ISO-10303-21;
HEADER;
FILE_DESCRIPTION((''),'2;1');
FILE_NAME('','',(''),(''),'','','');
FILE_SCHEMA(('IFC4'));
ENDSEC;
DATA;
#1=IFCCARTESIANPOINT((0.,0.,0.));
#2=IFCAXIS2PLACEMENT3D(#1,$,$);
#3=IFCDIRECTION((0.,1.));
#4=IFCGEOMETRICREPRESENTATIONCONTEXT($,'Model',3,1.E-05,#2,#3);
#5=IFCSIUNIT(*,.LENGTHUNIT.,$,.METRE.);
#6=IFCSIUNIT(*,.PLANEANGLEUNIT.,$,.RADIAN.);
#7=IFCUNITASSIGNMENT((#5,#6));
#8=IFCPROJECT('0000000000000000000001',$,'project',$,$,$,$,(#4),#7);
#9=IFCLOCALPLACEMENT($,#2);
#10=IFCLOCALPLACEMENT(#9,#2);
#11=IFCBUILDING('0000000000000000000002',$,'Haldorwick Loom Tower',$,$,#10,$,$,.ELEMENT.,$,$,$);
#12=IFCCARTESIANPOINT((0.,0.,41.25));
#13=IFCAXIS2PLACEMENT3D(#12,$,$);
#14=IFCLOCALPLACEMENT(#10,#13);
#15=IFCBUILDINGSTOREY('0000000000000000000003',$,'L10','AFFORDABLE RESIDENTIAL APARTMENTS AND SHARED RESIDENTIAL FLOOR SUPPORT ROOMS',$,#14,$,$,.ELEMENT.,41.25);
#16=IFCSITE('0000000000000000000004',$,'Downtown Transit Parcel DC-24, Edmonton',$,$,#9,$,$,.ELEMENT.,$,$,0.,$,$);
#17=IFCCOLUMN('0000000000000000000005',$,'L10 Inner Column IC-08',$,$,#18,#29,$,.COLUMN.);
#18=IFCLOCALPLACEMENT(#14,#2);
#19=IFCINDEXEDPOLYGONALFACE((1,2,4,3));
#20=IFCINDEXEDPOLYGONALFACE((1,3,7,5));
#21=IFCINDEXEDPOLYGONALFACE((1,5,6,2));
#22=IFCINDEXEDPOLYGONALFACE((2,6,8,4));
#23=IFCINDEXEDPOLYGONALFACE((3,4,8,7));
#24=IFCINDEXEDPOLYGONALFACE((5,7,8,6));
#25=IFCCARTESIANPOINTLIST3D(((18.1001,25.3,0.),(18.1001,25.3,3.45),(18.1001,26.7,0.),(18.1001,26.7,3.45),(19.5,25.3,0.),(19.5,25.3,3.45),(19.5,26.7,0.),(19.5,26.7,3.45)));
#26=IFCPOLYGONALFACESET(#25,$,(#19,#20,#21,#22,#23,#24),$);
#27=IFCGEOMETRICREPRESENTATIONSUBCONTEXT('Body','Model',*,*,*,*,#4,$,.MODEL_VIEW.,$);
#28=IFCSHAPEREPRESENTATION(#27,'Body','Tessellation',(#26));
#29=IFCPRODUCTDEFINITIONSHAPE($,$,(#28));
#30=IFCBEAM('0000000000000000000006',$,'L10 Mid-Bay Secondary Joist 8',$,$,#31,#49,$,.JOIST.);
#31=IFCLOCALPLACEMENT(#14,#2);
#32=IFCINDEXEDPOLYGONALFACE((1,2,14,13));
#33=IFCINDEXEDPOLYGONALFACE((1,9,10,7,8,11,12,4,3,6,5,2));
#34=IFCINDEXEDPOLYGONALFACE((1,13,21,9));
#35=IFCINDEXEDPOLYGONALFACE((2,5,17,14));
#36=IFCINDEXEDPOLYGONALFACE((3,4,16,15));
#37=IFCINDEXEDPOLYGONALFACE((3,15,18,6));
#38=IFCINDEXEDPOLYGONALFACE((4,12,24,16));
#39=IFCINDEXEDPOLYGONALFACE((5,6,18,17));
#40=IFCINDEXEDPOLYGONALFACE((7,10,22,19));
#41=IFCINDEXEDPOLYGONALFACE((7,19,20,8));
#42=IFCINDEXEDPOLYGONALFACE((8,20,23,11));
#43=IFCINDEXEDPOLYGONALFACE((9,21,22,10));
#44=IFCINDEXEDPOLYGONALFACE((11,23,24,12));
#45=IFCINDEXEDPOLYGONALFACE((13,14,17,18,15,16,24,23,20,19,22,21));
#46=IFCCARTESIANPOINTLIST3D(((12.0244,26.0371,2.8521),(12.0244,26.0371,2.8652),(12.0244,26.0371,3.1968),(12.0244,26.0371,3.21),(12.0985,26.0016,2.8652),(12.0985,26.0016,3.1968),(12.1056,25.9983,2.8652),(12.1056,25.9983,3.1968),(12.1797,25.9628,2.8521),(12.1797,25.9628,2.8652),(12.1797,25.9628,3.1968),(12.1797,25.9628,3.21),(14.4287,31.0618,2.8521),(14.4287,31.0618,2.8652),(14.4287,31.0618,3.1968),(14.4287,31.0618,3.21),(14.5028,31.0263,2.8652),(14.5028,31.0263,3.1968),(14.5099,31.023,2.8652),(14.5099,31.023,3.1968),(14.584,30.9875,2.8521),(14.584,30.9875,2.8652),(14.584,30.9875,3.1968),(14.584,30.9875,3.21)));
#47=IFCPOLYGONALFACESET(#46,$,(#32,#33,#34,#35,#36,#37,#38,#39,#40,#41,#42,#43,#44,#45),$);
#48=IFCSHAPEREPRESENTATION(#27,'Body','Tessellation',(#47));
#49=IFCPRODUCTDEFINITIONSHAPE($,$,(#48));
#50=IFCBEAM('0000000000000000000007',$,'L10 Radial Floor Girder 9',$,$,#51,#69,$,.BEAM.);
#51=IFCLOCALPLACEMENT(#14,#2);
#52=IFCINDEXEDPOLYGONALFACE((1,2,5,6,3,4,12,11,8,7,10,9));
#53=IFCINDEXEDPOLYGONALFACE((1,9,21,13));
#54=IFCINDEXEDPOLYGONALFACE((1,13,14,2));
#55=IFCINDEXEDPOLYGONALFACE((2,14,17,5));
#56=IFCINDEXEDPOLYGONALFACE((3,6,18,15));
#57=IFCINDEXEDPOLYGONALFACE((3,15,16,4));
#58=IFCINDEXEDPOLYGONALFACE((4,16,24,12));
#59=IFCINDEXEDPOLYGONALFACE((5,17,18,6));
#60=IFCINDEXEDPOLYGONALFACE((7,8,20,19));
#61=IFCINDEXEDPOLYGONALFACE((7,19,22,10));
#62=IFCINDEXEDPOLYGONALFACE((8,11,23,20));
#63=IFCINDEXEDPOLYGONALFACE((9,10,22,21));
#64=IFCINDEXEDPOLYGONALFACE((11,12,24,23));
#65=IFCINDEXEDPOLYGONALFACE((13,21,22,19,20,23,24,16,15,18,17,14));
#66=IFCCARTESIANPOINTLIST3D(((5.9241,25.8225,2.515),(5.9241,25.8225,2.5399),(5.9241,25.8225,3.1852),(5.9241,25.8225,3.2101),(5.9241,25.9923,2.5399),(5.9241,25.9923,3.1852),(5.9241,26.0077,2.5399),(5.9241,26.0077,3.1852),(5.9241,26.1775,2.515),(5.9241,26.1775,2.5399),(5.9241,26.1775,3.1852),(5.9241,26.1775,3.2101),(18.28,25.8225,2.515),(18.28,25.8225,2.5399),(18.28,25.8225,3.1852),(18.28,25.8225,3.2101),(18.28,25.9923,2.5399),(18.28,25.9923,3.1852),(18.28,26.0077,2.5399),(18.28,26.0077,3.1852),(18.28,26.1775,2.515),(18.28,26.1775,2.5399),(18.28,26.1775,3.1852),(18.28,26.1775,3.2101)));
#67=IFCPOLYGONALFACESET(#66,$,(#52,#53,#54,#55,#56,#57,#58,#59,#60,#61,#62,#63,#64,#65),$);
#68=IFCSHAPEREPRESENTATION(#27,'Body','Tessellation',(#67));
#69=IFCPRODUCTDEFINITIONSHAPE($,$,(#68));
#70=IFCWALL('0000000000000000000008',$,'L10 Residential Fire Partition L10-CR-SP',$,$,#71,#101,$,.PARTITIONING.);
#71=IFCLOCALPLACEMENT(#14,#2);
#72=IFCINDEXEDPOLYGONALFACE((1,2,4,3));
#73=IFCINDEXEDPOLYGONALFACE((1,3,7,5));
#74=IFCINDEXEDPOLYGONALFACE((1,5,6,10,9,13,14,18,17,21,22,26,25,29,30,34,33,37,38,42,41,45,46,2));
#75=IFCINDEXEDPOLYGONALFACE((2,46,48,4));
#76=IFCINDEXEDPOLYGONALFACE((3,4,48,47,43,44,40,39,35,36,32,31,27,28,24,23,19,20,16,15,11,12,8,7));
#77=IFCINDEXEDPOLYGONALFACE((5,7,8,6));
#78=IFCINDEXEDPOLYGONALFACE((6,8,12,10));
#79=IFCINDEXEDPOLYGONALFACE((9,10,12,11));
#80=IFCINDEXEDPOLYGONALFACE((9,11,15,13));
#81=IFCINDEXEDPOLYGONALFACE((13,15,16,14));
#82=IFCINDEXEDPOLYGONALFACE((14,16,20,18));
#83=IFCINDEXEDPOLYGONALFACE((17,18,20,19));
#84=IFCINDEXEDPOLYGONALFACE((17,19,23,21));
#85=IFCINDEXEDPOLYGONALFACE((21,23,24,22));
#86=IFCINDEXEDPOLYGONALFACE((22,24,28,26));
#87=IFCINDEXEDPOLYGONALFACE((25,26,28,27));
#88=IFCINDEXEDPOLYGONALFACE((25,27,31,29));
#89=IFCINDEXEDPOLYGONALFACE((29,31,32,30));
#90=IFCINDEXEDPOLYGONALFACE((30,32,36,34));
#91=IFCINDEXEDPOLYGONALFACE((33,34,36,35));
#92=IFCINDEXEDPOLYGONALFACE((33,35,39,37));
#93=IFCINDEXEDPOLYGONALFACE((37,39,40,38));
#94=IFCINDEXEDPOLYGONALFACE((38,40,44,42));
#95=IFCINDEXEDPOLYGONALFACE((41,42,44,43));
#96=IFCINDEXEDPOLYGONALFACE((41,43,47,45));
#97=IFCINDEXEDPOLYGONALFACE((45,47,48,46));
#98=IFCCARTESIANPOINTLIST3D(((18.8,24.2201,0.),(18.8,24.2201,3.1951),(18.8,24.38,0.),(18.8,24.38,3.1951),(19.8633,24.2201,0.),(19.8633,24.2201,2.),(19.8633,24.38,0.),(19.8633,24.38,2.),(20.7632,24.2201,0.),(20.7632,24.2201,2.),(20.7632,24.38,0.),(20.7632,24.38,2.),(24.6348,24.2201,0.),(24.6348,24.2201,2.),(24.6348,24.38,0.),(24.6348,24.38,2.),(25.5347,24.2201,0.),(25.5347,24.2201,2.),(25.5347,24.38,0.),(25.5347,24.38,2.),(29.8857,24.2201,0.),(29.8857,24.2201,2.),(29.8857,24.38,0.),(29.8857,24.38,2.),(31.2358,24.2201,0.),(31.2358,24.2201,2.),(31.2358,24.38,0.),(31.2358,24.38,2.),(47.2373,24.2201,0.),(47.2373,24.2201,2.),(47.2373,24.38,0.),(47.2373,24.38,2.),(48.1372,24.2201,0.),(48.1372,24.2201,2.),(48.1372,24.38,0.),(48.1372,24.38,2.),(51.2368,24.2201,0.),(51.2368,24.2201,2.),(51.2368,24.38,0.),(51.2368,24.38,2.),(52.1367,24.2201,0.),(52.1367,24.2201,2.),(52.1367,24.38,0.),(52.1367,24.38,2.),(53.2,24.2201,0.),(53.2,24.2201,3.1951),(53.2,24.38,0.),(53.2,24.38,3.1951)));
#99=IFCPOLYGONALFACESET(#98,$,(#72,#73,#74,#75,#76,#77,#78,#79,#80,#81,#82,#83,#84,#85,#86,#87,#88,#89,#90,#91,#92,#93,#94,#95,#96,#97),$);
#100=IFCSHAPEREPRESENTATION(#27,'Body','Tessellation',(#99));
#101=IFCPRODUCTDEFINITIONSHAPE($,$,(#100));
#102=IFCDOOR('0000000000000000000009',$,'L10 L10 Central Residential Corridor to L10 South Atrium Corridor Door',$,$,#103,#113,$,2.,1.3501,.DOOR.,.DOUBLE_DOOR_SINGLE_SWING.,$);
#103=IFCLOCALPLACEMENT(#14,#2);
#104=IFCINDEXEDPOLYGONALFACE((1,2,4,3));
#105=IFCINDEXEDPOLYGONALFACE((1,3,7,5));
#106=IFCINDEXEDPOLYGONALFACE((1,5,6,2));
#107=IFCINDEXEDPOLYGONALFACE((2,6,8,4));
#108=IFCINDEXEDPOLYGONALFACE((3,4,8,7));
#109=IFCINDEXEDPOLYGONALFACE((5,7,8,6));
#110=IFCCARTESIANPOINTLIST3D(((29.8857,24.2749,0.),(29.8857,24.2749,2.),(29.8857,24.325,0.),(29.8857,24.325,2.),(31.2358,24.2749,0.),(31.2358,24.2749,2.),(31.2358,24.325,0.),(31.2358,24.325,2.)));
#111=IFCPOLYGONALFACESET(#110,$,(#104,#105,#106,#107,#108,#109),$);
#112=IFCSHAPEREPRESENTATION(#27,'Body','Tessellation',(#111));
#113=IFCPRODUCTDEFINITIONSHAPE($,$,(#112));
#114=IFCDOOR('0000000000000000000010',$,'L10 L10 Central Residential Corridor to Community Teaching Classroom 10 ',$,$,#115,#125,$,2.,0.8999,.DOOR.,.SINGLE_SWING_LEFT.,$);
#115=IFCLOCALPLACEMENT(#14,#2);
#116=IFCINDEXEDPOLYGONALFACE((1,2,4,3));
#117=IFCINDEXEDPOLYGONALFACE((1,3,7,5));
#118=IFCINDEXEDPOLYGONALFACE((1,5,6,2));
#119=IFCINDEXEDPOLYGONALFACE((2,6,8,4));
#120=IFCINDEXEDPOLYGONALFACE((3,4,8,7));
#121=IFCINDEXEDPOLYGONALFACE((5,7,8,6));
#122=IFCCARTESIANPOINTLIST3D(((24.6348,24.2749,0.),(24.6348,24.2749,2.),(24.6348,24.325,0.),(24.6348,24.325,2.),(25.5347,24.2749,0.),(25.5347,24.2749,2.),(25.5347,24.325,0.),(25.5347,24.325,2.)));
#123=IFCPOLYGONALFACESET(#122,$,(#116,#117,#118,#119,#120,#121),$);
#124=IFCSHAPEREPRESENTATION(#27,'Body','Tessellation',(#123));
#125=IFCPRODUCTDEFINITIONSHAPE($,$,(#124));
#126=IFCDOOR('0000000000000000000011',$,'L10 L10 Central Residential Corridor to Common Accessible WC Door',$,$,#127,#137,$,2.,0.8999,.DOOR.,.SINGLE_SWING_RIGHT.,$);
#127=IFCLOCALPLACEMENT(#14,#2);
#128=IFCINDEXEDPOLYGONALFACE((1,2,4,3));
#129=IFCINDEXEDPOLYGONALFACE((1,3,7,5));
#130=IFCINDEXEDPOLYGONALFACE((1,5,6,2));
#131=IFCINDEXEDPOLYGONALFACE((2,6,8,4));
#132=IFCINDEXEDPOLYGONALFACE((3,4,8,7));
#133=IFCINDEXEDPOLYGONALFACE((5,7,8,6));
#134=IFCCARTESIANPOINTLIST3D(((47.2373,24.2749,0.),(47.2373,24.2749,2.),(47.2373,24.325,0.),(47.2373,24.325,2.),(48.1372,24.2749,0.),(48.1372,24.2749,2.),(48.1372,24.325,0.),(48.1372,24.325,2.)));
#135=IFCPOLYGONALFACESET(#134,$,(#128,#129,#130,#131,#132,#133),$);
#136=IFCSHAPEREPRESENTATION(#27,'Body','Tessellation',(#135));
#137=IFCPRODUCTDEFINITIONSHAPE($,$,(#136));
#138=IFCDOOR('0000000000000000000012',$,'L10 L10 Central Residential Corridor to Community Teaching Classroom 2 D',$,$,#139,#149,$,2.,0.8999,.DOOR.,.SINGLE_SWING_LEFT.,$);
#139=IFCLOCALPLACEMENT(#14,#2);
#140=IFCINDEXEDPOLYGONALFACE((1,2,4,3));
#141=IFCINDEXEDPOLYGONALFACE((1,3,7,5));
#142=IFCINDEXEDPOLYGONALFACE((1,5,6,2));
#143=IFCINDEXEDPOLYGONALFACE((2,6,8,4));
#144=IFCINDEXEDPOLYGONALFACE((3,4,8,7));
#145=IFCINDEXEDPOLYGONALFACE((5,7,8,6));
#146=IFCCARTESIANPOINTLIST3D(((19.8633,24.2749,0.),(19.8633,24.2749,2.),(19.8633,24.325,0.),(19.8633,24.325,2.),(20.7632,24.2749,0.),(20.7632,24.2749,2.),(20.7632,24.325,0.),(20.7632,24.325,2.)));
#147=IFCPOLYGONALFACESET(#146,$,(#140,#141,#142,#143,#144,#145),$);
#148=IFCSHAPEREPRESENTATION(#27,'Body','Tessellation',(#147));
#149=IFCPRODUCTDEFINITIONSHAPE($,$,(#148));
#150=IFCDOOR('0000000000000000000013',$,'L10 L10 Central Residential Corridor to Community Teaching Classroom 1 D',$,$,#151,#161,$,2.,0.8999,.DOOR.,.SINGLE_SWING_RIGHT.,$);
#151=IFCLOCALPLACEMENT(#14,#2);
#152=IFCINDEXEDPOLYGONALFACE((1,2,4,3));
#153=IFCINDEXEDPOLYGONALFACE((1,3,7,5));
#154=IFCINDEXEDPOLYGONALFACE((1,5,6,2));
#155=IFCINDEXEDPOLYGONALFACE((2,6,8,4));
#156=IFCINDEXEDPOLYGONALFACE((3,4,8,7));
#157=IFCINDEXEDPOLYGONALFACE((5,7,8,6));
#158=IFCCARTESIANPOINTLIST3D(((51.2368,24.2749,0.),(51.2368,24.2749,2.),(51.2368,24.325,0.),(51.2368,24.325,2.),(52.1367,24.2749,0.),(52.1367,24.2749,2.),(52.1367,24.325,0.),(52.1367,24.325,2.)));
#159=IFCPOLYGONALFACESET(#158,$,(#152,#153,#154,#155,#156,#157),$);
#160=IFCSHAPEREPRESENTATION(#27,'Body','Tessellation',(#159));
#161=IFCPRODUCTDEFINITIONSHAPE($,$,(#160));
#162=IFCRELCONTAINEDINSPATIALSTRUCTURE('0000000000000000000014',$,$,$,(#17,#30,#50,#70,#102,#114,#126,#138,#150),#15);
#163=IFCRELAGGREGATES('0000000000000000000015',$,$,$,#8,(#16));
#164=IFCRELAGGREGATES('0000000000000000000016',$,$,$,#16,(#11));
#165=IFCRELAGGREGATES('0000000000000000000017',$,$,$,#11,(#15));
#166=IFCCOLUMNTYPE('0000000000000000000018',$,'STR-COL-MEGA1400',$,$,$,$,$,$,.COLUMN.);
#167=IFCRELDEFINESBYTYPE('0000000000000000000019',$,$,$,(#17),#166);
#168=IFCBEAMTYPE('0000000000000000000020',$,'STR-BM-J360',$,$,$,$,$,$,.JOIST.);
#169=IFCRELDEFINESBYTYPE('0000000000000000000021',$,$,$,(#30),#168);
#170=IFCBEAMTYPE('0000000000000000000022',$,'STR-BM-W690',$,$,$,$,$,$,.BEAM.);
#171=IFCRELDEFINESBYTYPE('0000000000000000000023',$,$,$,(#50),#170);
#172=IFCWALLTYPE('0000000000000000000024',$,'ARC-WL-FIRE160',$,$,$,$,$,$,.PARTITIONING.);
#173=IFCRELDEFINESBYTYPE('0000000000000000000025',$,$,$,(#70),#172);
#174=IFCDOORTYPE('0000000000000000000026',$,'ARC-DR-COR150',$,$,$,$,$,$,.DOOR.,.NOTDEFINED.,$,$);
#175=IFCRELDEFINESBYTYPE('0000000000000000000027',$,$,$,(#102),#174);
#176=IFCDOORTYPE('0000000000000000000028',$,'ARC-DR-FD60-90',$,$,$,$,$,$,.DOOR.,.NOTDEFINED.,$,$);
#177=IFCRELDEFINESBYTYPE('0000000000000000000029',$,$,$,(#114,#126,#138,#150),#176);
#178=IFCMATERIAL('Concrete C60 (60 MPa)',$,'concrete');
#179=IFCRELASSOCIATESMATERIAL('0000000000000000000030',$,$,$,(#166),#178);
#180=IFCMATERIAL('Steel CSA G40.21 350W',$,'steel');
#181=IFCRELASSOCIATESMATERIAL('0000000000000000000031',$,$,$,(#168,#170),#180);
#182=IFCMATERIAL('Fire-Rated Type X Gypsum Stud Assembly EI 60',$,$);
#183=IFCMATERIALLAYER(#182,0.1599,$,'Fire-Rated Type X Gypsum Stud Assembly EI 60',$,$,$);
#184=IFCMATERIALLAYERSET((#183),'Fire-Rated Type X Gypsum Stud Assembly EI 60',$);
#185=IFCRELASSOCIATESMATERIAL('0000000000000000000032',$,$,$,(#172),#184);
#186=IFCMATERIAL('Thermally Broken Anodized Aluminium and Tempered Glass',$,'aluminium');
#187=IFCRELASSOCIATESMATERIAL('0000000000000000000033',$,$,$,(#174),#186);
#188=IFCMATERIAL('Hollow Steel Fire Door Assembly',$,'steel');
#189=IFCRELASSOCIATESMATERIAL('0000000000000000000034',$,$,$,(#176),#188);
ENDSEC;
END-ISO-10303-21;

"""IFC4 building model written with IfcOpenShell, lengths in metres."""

from ifc_helpers import new_model, si_unit, direction, frame, frame_2d, origin, origin_2d, place, context, subcontext, project, spatial, rectangle, i_section, extrude, material, layer, layer_set, material_profile, profile_set, type_object, element, fill, save


model = new_model("IFC4")

# Units and contexts
model_context = context("Model", 3, precision=1e-05, world=origin(), true_north=direction((0.0, 1.0)))
body_context = subcontext(model_context, "Body", "Model", "MODEL_VIEW")
ifc_project = project(units=[si_unit("LENGTHUNIT", "METRE"), si_unit("PLANEANGLEUNIT", "RADIAN")], contexts=[model_context])

# Site, building, storey
site_placement = place(None, origin())
site = spatial("IfcSite", under=ifc_project, at=site_placement, Name="Downtown Transit Parcel DC-24, Edmonton", CompositionType="ELEMENT", RefElevation=0.0)
building_placement = place(site_placement, origin())
building = spatial("IfcBuilding", under=site, at=building_placement, Name="Haldorwick Loom Tower", CompositionType="ELEMENT")
storey_placement = place(building_placement, frame((0.0, 0.0, 41.25)))
storey = spatial("IfcBuildingStorey", under=building, at=storey_placement, Name="L10", Description="AFFORDABLE RESIDENTIAL APARTMENTS AND SHARED RESIDENTIAL FLOOR SUPPORT ROOMS", CompositionType="ELEMENT", Elevation=41.25)

# Column
ifc_material_1 = material(Name="Concrete C60 (60 MPa)", Category="concrete")
ifc_material_profile_1 = material_profile(ifc_material_1, rectangle(XDim=1.3999, YDim=1.3999, at=origin_2d()), Name="RC1400X1400", Category="concrete")
ifc_profile_set_1 = profile_set([ifc_material_profile_1], Name="Concrete C60 (60 MPa)")
column_type = type_object("IfcColumnType", Name="STR-COL-MEGA1400", PredefinedType="COLUMN", material=ifc_profile_set_1)
column_placement = place(storey_placement, frame((18.8, 26.0, 0.0), z_axis=(0.0, 0.0, 1.0), x_axis=(1.0, 0.0, 0.0)))
element("IfcColumn", 1, at=column_placement, inside=storey, type_object=column_type, Name="L10 Inner Column IC-08", PredefinedType="COLUMN", context=body_context, shape_type="SweptSolid", body=[
    extrude(rectangle(XDim=1.3999, YDim=1.3999, at=origin_2d()), origin(), (0.0, 0.0, 1.0), 3.45),
])

# Beams
ifc_material_2 = material(Name="Steel CSA G40.21 350W", Category="steel")
ifc_material_profile_2 = material_profile(ifc_material_2, i_section(OverallWidth=0.1721, OverallDepth=0.3579, WebThickness=0.0078, FlangeThickness=0.0132, at=origin_2d()), Name="W360X57", Category="steel")
ifc_profile_set_2 = profile_set([ifc_material_profile_2], Name="Steel CSA G40.21 350W")
beam_type_1 = type_object("IfcBeamType", Name="STR-BM-J360", PredefinedType="JOIST", material=ifc_profile_set_2)
beam_1_placement = place(storey_placement, frame((14.5063, 31.0247, 3.031), z_axis=(-0.431631, -0.90205, 0.0), x_axis=(0.90205, -0.431631, 0.0)))
element("IfcBeam", 2, at=beam_1_placement, inside=storey, type_object=beam_type_1, Name="L10 Mid-Bay Secondary Joist 8", PredefinedType="JOIST", context=body_context, shape_type="SweptSolid", body=[
    extrude(i_section(OverallWidth=0.1721, OverallDepth=0.3579, WebThickness=0.0078, FlangeThickness=0.0132, at=origin_2d()), origin(), (0.0, 0.0, 1.0), 5.5703),
])
ifc_material_profile_3 = material_profile(ifc_material_2, i_section(OverallWidth=0.355, OverallDepth=0.6951, WebThickness=0.0154, FlangeThickness=0.0249, at=origin_2d()), Name="W690X217", Category="steel")
ifc_profile_set_3 = profile_set([ifc_material_profile_3], Name="Steel CSA G40.21 350W")
beam_type_2 = type_object("IfcBeamType", Name="STR-BM-W690", PredefinedType="BEAM", material=ifc_profile_set_3)
beam_2_placement = place(storey_placement, frame((18.28, 26.0, 2.8625), z_axis=(-1.0, 0.0, 0.0), x_axis=(0.0, -1.0, 0.0)))
element("IfcBeam", 3, at=beam_2_placement, inside=storey, type_object=beam_type_2, Name="L10 Radial Floor Girder 9", PredefinedType="BEAM", context=body_context, shape_type="SweptSolid", body=[
    extrude(i_section(OverallWidth=0.355, OverallDepth=0.6951, WebThickness=0.0154, FlangeThickness=0.0249, at=origin_2d()), origin(), (0.0, 0.0, 1.0), 12.356),
])

# Wall, openings, doors
ifc_material_3 = material(Name="Fire-Rated Type X Gypsum Stud Assembly EI 60")
ifc_layer_1 = layer(ifc_material_3, 0.1599, Name="Fire-Rated Type X Gypsum Stud Assembly EI 60")
ifc_layer_set_1 = layer_set([ifc_layer_1], Name="Fire-Rated Type X Gypsum Stud Assembly EI 60")
wall_type_1 = type_object("IfcWallType", Name="ARC-WL-FIRE160", PredefinedType="PARTITIONING", material=ifc_layer_set_1)
wall_1_placement = place(storey_placement, frame((18.8, 24.3, 0.0), z_axis=(0.0, 0.0, 1.0), x_axis=(1.0, 0.0, 0.0)))
wall_1 = element("IfcWall", 4, at=wall_1_placement, inside=storey, type_object=wall_type_1, Name="L10 Residential Fire Partition L10-CR-SP", PredefinedType="PARTITIONING", context=body_context, shape_type="SweptSolid", body=[
    extrude(rectangle(XDim=34.3999, YDim=0.1599, at=frame_2d((17.2, 0.0))), origin(), (0.0, 0.0, 1.0), 3.1951),
])
opening_1_placement = place(wall_1_placement, frame((11.0857, 0.0, 0.0)))
opening_1 = element("IfcOpeningElement", 5, at=opening_1_placement, cuts=wall_1, PredefinedType="OPENING", context=body_context, shape_type="SweptSolid", body=[
    extrude(rectangle(XDim=1.3501, YDim=2.0, at=frame_2d((0.675, 1.0))), frame((0.0, 0.0898, 0.0), z_axis=(0.0, -1.0, 0.0), x_axis=(1.0, 0.0, 0.0)), (0.0, 0.0, 1.0), 0.1799),
])
opening_2_placement = place(wall_1_placement, frame((5.8347, 0.0, 0.0)))
opening_2 = element("IfcOpeningElement", 6, at=opening_2_placement, cuts=wall_1, PredefinedType="OPENING", context=body_context, shape_type="SweptSolid", body=[
    extrude(rectangle(XDim=0.8999, YDim=2.0, at=frame_2d((0.45, 1.0))), frame((0.0, 0.0898, 0.0), z_axis=(0.0, -1.0, 0.0), x_axis=(1.0, 0.0, 0.0)), (0.0, 0.0, 1.0), 0.1799),
])
opening_3_placement = place(wall_1_placement, frame((28.4373, 0.0, 0.0)))
opening_3 = element("IfcOpeningElement", 7, at=opening_3_placement, cuts=wall_1, PredefinedType="OPENING", context=body_context, shape_type="SweptSolid", body=[
    extrude(rectangle(XDim=0.8999, YDim=2.0, at=frame_2d((0.45, 1.0))), frame((0.0, 0.0898, 0.0), z_axis=(0.0, -1.0, 0.0), x_axis=(1.0, 0.0, 0.0)), (0.0, 0.0, 1.0), 0.1799),
])
opening_4_placement = place(wall_1_placement, frame((1.0632, 0.0, 0.0)))
opening_4 = element("IfcOpeningElement", 8, at=opening_4_placement, cuts=wall_1, PredefinedType="OPENING", context=body_context, shape_type="SweptSolid", body=[
    extrude(rectangle(XDim=0.8999, YDim=2.0, at=frame_2d((0.45, 1.0))), frame((0.0, 0.0898, 0.0), z_axis=(0.0, -1.0, 0.0), x_axis=(1.0, 0.0, 0.0)), (0.0, 0.0, 1.0), 0.1799),
])
opening_5_placement = place(wall_1_placement, frame((32.4368, 0.0, 0.0)))
opening_5 = element("IfcOpeningElement", 9, at=opening_5_placement, cuts=wall_1, PredefinedType="OPENING", context=body_context, shape_type="SweptSolid", body=[
    extrude(rectangle(XDim=0.8999, YDim=2.0, at=frame_2d((0.45, 1.0))), frame((0.0, 0.0898, 0.0), z_axis=(0.0, -1.0, 0.0), x_axis=(1.0, 0.0, 0.0)), (0.0, 0.0, 1.0), 0.1799),
])
ifc_material_4 = material(Name="Thermally Broken Anodized Aluminium and Tempered Glass", Category="aluminium")
door_type_1 = type_object("IfcDoorType", Name="ARC-DR-COR150", OperationType="NOTDEFINED", PredefinedType="DOOR", material=ifc_material_4)
door_1_placement = place(opening_1_placement, origin())
door_1 = element("IfcDoor", 10, at=door_1_placement, inside=storey, type_object=door_type_1, Name="L10 L10 Central Residential Corridor to L10 South Atrium Corridor Door", OperationType="DOUBLE_DOOR_SINGLE_SWING", OverallHeight=2.0, OverallWidth=1.3501, PredefinedType="DOOR", context=body_context, shape_type="SweptSolid", body=[
    extrude(rectangle(XDim=1.3501, YDim=2.0, at=frame_2d((0.675, 1.0))), frame((0.0, 0.0249, 0.0), z_axis=(0.0, -1.0, 0.0), x_axis=(1.0, 0.0, 0.0)), (0.0, 0.0, 1.0), 0.05),
])
fill(opening_1, door_1)
ifc_material_5 = material(Name="Hollow Steel Fire Door Assembly", Category="steel")
door_type_2 = type_object("IfcDoorType", Name="ARC-DR-FD60-90", OperationType="NOTDEFINED", PredefinedType="DOOR", material=ifc_material_5)
door_2_placement = place(opening_2_placement, origin())
door_2 = element("IfcDoor", 11, at=door_2_placement, inside=storey, type_object=door_type_2, Name="L10 L10 Central Residential Corridor to Community Teaching Classroom 10 ", OperationType="SINGLE_SWING_LEFT", OverallHeight=2.0, OverallWidth=0.8999, PredefinedType="DOOR", context=body_context, shape_type="SweptSolid", body=[
    extrude(rectangle(XDim=0.8999, YDim=2.0, at=frame_2d((0.45, 1.0))), frame((0.0, 0.0249, 0.0), z_axis=(0.0, -1.0, 0.0), x_axis=(1.0, 0.0, 0.0)), (0.0, 0.0, 1.0), 0.05),
])
fill(opening_2, door_2)
door_3_placement = place(opening_3_placement, origin())
door_3 = element("IfcDoor", 12, at=door_3_placement, inside=storey, type_object=door_type_2, Name="L10 L10 Central Residential Corridor to Common Accessible WC Door", OperationType="SINGLE_SWING_RIGHT", OverallHeight=2.0, OverallWidth=0.8999, PredefinedType="DOOR", context=body_context, shape_type="SweptSolid", body=[
    extrude(rectangle(XDim=0.8999, YDim=2.0, at=frame_2d((0.45, 1.0))), frame((0.0, 0.0249, 0.0), z_axis=(0.0, -1.0, 0.0), x_axis=(1.0, 0.0, 0.0)), (0.0, 0.0, 1.0), 0.05),
])
fill(opening_3, door_3)
door_4_placement = place(opening_4_placement, origin())
door_4 = element("IfcDoor", 13, at=door_4_placement, inside=storey, type_object=door_type_2, Name="L10 L10 Central Residential Corridor to Community Teaching Classroom 2 D", OperationType="SINGLE_SWING_LEFT", OverallHeight=2.0, OverallWidth=0.8999, PredefinedType="DOOR", context=body_context, shape_type="SweptSolid", body=[
    extrude(rectangle(XDim=0.8999, YDim=2.0, at=frame_2d((0.45, 1.0))), frame((0.0, 0.0249, 0.0), z_axis=(0.0, -1.0, 0.0), x_axis=(1.0, 0.0, 0.0)), (0.0, 0.0, 1.0), 0.05),
])
fill(opening_4, door_4)
door_5_placement = place(opening_5_placement, origin())
door_5 = element("IfcDoor", 14, at=door_5_placement, inside=storey, type_object=door_type_2, Name="L10 L10 Central Residential Corridor to Community Teaching Classroom 1 D", OperationType="SINGLE_SWING_RIGHT", OverallHeight=2.0, OverallWidth=0.8999, PredefinedType="DOOR", context=body_context, shape_type="SweptSolid", body=[
    extrude(rectangle(XDim=0.8999, YDim=2.0, at=frame_2d((0.45, 1.0))), frame((0.0, 0.0249, 0.0), z_axis=(0.0, -1.0, 0.0), x_axis=(1.0, 0.0, 0.0)), (0.0, 0.0, 1.0), 0.05),
])
fill(opening_5, door_5)

save(model, "model.ifc")
